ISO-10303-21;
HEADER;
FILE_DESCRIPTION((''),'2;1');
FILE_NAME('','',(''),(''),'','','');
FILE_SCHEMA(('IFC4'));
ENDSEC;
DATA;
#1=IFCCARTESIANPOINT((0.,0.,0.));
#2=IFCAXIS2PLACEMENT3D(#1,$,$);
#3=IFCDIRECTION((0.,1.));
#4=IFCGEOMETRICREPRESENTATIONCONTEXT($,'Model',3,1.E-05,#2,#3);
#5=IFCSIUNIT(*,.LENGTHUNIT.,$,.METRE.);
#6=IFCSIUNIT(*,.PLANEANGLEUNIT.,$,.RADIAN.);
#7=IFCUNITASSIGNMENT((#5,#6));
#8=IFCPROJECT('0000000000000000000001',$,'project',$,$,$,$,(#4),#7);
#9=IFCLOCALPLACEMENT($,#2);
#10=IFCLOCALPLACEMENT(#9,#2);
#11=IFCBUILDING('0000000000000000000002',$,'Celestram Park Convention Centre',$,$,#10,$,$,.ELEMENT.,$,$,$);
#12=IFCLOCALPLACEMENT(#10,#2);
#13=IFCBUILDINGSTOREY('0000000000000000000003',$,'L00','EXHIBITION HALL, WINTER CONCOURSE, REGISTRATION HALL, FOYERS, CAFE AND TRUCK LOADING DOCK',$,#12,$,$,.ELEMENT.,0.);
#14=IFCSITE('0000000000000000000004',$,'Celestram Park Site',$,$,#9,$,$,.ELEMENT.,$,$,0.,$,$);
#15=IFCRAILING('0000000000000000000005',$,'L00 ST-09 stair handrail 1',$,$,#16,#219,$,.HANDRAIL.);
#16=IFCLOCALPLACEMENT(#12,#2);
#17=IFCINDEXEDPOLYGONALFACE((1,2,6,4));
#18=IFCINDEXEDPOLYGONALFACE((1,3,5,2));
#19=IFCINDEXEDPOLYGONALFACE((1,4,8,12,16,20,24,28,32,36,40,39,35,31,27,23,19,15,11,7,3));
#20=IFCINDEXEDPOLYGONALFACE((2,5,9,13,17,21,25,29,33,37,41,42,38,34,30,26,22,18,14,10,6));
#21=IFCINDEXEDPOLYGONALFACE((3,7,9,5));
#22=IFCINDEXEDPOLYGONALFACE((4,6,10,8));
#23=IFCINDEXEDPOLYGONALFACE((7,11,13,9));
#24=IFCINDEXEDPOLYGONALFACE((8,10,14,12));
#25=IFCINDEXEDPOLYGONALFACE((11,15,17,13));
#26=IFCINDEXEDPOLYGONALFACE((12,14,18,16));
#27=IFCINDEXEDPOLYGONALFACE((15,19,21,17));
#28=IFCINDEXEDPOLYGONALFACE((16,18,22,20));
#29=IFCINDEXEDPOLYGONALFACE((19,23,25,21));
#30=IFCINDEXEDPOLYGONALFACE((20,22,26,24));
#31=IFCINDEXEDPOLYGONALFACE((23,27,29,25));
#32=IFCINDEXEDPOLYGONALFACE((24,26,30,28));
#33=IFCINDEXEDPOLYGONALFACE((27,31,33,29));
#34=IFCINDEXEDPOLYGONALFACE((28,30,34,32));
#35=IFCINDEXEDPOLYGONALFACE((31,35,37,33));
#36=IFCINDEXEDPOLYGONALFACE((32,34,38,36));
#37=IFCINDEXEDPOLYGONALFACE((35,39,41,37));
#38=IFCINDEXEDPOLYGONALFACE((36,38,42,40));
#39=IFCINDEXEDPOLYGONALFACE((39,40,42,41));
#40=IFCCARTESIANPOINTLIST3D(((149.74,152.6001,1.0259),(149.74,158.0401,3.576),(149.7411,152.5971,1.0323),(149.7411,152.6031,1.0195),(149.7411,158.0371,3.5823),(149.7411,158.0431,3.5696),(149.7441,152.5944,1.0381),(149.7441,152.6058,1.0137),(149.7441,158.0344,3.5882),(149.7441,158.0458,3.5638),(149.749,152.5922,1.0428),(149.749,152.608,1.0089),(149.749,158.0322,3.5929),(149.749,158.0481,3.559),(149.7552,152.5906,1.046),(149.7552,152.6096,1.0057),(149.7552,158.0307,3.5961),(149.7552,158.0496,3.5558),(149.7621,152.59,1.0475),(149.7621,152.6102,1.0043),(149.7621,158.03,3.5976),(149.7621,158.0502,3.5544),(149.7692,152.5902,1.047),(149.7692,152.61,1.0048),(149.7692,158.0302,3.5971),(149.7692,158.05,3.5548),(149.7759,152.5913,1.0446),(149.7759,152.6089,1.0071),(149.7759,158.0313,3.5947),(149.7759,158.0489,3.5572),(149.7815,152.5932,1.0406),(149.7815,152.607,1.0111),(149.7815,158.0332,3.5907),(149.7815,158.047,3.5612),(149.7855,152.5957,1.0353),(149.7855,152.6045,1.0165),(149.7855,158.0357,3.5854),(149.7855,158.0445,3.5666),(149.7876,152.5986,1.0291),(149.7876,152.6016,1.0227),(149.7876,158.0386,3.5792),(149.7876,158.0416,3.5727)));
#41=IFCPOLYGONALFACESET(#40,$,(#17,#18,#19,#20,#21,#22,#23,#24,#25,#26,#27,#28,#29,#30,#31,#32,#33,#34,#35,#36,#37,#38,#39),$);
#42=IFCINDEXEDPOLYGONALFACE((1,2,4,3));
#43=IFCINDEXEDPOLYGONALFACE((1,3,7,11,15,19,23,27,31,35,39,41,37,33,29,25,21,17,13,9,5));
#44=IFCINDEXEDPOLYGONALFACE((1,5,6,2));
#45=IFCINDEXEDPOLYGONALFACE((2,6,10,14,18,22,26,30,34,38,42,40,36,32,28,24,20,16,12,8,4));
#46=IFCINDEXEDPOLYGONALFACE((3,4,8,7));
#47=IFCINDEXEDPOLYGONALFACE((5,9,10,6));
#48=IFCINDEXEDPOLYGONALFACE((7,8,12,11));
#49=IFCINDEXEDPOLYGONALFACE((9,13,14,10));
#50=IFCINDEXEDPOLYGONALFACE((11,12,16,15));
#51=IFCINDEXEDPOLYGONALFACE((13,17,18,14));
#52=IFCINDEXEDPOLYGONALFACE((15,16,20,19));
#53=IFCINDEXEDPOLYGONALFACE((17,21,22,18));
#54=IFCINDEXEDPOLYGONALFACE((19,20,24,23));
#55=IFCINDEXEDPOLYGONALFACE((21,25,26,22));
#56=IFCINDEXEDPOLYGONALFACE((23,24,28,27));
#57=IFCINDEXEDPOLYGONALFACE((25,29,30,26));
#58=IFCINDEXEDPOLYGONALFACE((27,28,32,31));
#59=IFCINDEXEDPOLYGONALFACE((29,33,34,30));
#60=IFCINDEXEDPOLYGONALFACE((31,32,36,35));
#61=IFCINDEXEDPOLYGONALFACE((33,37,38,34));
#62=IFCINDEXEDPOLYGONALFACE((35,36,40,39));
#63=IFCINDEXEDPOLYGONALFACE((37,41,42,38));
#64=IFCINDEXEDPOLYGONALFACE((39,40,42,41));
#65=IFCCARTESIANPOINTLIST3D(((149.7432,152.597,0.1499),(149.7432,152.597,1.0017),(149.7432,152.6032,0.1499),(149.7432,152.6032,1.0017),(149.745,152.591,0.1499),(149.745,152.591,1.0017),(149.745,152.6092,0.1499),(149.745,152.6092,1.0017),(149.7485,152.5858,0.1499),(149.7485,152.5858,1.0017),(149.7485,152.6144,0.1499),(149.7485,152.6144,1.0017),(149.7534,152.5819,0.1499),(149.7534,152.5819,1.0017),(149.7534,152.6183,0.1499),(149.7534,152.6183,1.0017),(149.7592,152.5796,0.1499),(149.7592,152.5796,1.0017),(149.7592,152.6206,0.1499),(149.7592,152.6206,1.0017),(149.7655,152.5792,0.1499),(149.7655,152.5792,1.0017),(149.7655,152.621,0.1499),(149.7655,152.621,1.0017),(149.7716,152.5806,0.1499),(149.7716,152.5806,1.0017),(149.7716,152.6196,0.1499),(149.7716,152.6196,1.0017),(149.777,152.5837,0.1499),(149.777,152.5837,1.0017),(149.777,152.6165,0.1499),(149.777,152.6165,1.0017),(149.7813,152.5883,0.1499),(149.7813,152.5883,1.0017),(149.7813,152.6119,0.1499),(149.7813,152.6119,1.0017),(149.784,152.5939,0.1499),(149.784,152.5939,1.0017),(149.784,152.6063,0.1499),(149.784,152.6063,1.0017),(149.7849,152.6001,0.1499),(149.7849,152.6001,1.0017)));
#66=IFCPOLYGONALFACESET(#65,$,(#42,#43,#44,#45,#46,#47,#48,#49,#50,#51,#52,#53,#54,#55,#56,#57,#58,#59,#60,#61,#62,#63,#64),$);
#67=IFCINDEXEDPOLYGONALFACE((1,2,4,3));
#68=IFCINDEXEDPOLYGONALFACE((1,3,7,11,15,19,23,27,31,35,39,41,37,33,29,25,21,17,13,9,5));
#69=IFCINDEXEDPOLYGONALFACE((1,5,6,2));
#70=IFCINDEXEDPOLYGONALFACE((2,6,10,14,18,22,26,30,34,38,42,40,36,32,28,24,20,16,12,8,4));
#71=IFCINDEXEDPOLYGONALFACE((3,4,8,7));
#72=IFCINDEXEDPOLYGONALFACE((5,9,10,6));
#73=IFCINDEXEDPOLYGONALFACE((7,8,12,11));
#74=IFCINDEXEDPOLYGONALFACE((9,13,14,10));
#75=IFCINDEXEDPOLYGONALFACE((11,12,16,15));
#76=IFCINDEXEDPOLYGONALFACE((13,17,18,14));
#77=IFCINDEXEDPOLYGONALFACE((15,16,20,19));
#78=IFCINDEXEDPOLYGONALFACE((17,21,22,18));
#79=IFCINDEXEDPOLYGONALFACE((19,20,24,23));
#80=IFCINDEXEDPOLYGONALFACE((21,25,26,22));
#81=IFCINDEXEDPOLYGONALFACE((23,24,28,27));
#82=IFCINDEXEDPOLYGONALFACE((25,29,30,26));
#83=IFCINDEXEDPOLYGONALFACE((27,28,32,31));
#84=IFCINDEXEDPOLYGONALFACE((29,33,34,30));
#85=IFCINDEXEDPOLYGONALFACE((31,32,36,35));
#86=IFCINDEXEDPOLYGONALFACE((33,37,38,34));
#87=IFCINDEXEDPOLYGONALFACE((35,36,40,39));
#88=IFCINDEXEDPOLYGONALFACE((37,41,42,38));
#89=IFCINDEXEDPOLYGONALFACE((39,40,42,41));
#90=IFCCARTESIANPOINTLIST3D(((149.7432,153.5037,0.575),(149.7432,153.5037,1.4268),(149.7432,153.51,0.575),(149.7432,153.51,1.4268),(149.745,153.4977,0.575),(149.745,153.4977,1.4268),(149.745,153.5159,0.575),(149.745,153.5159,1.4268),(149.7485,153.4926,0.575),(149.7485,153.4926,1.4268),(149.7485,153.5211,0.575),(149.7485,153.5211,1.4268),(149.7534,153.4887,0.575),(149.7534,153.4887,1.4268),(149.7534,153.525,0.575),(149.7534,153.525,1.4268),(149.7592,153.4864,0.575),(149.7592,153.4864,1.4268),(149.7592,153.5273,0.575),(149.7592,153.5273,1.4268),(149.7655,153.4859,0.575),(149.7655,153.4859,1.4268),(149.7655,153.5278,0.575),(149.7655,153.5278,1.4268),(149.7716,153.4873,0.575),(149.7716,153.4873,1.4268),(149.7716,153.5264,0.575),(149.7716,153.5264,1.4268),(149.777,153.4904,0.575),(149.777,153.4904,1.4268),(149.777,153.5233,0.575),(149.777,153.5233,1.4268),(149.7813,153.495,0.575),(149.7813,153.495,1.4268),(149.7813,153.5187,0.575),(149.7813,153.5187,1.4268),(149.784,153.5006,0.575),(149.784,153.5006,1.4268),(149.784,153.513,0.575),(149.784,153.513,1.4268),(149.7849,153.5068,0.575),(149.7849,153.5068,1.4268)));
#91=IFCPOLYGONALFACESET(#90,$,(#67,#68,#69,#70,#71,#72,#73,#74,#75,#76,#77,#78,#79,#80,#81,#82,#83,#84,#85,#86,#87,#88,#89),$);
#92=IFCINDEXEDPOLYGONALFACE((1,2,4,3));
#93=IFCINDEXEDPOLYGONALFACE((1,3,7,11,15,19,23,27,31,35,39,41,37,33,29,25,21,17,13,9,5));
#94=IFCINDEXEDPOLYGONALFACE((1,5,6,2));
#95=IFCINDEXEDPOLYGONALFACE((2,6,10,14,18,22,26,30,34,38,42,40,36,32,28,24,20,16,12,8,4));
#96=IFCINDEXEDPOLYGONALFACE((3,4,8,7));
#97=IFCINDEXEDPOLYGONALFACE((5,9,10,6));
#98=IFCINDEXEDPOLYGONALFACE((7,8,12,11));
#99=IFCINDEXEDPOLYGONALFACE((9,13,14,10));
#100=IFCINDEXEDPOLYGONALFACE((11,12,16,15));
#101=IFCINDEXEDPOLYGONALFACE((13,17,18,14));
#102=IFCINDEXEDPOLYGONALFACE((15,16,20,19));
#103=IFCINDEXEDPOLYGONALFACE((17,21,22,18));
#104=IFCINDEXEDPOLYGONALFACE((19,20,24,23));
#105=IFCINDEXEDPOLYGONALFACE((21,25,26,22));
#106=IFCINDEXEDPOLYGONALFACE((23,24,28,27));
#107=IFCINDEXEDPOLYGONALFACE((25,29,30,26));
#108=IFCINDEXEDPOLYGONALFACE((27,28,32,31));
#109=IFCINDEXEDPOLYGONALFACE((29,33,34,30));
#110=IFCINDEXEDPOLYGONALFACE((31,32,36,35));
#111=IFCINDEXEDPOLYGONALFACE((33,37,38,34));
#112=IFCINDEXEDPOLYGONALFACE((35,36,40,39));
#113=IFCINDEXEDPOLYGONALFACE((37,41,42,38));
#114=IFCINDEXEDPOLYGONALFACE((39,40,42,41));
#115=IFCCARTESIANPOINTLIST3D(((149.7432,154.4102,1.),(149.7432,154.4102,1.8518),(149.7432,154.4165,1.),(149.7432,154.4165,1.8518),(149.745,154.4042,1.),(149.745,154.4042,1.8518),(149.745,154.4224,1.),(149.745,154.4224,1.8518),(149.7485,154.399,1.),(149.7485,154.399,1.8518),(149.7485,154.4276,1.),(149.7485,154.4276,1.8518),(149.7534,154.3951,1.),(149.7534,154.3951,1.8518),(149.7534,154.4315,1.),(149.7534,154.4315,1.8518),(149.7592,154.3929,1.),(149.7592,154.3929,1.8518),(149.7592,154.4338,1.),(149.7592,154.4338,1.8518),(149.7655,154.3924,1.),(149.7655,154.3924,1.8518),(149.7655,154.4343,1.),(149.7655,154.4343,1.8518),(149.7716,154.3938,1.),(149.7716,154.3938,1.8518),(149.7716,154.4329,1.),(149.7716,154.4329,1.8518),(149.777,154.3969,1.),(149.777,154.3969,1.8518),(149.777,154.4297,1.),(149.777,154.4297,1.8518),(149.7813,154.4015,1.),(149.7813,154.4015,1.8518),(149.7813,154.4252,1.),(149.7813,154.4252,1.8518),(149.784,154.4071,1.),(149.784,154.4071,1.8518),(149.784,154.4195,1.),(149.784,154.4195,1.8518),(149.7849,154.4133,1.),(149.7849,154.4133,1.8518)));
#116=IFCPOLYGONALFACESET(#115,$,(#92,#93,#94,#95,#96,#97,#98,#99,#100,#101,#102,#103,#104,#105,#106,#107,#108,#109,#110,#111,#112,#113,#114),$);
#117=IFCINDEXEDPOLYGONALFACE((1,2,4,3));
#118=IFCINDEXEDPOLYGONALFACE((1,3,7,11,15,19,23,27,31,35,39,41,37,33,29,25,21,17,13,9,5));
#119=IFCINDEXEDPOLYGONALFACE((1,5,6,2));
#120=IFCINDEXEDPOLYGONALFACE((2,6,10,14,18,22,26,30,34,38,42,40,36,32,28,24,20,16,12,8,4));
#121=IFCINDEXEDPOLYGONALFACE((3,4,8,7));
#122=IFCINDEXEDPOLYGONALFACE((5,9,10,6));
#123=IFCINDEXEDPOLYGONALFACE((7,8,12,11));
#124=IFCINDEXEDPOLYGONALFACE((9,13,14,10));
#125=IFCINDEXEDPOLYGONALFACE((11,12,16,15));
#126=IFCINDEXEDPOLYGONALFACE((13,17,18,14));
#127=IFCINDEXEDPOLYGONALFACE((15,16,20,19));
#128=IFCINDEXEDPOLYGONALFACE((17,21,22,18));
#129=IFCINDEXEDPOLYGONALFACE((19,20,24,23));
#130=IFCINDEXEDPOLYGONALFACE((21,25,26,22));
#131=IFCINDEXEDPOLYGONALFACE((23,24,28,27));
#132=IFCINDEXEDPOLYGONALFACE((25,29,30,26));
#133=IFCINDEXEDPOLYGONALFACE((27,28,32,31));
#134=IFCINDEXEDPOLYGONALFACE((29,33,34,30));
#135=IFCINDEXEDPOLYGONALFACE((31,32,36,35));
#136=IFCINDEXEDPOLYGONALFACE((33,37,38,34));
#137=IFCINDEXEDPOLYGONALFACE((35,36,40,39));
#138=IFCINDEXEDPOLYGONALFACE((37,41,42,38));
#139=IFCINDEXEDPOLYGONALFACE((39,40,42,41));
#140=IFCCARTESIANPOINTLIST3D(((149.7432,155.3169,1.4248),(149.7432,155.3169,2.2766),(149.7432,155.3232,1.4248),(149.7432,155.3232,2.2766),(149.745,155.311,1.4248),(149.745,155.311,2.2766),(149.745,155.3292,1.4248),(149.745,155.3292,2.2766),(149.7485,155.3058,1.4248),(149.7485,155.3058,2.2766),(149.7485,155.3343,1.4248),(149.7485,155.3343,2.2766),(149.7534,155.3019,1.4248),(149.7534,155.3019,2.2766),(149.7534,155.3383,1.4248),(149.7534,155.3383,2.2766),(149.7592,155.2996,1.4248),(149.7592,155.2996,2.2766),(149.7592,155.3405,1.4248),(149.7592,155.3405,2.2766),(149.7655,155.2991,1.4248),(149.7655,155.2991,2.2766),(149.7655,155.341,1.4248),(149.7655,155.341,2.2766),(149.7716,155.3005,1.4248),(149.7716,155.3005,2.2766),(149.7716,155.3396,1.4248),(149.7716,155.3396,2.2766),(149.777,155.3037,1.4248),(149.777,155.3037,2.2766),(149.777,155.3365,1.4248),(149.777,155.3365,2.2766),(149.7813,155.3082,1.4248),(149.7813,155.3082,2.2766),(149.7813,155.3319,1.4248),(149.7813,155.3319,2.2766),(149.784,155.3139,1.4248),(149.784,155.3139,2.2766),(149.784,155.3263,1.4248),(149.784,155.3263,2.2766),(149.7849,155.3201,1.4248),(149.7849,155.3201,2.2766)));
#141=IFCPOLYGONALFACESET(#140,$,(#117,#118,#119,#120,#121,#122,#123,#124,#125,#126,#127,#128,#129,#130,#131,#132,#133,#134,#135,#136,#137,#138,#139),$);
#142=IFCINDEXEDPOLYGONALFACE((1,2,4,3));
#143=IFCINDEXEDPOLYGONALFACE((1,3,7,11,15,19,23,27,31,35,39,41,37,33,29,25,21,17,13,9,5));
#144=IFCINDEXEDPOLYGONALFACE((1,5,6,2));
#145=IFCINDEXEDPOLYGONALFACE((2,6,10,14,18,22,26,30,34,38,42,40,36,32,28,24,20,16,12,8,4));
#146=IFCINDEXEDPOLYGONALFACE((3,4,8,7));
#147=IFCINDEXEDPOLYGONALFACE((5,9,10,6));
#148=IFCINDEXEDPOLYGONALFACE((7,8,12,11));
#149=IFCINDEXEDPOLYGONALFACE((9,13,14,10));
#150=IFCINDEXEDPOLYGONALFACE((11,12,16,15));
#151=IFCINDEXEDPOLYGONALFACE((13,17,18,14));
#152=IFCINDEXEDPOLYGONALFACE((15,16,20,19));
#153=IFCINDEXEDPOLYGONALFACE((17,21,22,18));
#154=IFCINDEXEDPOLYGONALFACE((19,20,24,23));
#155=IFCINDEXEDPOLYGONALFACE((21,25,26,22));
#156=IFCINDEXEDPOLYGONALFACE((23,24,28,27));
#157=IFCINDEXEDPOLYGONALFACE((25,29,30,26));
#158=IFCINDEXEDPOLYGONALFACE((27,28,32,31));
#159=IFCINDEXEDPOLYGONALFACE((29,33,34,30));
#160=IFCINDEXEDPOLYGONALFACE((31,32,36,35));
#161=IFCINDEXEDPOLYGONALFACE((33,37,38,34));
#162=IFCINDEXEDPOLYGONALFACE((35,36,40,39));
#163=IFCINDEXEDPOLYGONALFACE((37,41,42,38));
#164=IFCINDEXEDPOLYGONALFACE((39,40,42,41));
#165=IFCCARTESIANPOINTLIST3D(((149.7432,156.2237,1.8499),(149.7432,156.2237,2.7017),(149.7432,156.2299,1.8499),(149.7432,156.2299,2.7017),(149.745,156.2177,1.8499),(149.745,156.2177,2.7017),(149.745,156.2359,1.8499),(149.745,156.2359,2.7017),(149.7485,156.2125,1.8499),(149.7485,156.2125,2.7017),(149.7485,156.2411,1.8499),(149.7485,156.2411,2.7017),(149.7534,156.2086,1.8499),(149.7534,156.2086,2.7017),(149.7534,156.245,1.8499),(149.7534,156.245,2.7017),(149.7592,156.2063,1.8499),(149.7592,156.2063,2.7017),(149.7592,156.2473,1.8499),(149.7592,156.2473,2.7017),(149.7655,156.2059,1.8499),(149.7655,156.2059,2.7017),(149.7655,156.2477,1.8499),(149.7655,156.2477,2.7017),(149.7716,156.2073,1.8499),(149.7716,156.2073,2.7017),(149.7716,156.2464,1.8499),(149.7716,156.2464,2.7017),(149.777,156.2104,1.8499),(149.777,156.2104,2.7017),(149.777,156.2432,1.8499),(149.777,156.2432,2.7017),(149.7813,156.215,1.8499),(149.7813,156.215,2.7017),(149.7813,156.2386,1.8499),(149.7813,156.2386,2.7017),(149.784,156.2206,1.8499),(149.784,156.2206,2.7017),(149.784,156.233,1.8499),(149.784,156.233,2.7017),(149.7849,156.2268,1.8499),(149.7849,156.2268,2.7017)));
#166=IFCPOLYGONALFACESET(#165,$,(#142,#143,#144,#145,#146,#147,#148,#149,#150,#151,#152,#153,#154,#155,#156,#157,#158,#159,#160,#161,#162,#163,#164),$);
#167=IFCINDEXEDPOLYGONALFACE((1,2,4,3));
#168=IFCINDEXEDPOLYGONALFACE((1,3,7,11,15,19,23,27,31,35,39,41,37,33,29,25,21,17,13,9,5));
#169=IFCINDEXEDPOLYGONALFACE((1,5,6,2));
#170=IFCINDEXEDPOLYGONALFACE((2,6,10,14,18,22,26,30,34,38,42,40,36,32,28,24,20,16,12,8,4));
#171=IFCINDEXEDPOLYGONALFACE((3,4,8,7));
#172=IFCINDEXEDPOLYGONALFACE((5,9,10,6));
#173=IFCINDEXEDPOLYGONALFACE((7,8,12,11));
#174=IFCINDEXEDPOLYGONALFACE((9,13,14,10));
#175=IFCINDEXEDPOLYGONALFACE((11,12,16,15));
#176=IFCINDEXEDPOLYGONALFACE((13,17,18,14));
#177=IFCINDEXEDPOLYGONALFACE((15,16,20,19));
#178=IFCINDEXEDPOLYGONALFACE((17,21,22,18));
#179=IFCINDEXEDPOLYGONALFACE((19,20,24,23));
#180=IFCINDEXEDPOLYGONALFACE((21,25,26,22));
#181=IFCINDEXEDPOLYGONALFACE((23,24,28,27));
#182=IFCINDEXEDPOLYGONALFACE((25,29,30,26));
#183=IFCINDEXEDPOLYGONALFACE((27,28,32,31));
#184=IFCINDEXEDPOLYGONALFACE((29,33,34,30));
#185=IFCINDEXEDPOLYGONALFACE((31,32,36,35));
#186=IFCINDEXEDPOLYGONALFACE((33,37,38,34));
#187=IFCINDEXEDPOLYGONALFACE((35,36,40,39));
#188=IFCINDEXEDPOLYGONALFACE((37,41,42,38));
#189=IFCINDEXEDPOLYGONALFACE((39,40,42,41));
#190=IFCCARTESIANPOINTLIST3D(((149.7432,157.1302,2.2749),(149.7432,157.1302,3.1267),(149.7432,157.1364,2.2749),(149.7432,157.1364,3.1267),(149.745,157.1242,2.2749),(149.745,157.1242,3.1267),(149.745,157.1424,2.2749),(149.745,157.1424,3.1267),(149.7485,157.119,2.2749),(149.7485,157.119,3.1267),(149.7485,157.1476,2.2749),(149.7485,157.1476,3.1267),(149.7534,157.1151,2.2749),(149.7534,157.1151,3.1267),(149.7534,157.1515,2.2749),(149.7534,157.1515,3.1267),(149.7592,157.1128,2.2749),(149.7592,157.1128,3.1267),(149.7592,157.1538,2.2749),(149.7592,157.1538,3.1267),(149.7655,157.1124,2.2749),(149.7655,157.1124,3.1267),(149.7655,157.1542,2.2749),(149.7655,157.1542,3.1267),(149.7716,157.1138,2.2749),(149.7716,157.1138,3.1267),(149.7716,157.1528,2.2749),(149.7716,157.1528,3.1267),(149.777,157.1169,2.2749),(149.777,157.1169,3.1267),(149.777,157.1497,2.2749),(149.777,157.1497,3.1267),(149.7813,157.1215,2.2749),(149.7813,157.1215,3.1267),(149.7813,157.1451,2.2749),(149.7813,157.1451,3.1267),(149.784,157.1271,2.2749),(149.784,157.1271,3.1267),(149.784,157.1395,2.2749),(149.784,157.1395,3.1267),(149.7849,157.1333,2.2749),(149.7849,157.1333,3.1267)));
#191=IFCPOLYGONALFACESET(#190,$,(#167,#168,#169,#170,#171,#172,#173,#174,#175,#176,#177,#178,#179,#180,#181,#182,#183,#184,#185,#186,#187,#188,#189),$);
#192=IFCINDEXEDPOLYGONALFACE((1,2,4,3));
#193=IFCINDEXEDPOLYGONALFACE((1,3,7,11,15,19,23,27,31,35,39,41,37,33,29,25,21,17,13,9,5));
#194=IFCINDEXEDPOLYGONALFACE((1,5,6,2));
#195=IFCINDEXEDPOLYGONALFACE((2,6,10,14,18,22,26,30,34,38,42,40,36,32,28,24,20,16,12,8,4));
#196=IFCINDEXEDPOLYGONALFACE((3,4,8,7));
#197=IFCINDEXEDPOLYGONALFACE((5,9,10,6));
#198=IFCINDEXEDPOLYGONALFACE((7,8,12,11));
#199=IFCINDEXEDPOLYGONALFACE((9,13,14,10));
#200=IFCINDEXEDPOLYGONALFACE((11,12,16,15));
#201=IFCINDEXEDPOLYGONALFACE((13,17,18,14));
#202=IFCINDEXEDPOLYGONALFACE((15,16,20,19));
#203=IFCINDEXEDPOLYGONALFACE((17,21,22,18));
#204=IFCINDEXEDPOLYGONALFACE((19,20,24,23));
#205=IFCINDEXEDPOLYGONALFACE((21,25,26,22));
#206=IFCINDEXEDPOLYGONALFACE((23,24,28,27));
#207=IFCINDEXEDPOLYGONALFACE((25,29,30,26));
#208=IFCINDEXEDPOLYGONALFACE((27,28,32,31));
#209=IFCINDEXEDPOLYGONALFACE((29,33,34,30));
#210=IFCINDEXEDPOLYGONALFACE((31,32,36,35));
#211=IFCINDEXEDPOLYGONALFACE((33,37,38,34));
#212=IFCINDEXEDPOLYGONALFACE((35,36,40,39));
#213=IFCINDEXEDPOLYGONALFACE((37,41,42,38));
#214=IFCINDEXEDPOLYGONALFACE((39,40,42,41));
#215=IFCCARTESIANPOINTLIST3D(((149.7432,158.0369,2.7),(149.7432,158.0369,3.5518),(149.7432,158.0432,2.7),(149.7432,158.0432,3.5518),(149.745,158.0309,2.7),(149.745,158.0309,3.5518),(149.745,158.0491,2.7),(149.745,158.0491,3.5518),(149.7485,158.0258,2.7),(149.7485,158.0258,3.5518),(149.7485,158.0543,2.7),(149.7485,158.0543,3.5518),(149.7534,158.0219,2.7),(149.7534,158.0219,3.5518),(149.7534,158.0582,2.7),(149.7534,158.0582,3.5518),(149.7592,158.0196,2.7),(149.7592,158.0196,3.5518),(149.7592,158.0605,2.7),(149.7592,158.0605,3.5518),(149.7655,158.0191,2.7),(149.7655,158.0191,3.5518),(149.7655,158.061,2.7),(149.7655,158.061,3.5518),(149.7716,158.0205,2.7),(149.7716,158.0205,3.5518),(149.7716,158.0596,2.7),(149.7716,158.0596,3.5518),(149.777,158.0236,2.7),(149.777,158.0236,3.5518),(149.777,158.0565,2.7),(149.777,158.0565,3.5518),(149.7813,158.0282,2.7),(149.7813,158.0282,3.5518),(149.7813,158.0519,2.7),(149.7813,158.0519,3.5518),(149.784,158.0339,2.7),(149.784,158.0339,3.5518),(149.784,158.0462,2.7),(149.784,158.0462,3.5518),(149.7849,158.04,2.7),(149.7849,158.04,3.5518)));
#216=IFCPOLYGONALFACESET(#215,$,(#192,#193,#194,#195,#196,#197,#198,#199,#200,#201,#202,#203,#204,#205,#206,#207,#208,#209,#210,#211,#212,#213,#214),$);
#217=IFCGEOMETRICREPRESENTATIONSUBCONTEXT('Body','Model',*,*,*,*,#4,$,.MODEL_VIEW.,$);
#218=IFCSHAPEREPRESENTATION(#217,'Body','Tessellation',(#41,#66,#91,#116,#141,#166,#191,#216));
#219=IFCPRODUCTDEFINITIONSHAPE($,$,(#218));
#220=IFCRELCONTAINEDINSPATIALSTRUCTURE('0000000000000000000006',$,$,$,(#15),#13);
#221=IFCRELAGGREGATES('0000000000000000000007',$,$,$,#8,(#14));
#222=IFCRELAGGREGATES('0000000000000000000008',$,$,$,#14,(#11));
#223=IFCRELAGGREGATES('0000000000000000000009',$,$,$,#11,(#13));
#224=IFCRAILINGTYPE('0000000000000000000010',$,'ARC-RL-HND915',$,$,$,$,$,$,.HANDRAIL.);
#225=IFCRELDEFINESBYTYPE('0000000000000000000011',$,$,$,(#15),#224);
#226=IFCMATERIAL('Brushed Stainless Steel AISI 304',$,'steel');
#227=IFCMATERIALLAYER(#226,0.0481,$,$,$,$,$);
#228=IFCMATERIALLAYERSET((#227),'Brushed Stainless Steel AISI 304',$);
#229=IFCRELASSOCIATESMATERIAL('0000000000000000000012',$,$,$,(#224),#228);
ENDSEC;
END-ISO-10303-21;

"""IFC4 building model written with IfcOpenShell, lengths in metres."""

from ifc_helpers import new_model, si_unit, direction, frame, origin, origin_2d, place, context, subcontext, project, spatial, circle, extrude, material, layer, layer_set, type_object, element, save


model = new_model("IFC4")

# Units and contexts
model_context = context("Model", 3, precision=1e-05, world=origin(), true_north=direction((0.0, 1.0)))
body_context = subcontext(model_context, "Body", "Model", "MODEL_VIEW")
ifc_project = project(units=[si_unit("LENGTHUNIT", "METRE"), si_unit("PLANEANGLEUNIT", "RADIAN")], contexts=[model_context])

# Site, building, storey
site_placement = place(None, origin())
site = spatial("IfcSite", under=ifc_project, at=site_placement, Name="Celestram Park Site", CompositionType="ELEMENT", RefElevation=0.0)
building_placement = place(site_placement, origin())
building = spatial("IfcBuilding", under=site, at=building_placement, Name="Celestram Park Convention Centre", CompositionType="ELEMENT")
storey_placement = place(building_placement, origin())
storey = spatial("IfcBuildingStorey", under=building, at=storey_placement, Name="L00", Description="EXHIBITION HALL, WINTER CONCOURSE, REGISTRATION HALL, FOYERS, CAFE AND TRUCK LOADING DOCK", CompositionType="ELEMENT", Elevation=0.0)

# Railing
ifc_material_1 = material(Name="Brushed Stainless Steel AISI 304", Category="steel")
ifc_layer_1 = layer(ifc_material_1, 0.0481)
ifc_layer_set_1 = layer_set([ifc_layer_1], Name="Brushed Stainless Steel AISI 304")
railing_type_1 = type_object("IfcRailingType", Name="ARC-RL-HND915", PredefinedType="HANDRAIL", material=ifc_layer_set_1)
railing_1_placement = place(storey_placement, frame((149.7639, 152.6001, 0.1499)))
element("IfcRailing", 1, at=railing_1_placement, inside=storey, type_object=railing_type_1, Name="L00 ST-09 stair handrail 1", PredefinedType="HANDRAIL", context=body_context, shape_type="SweptSolid", body=[
    extrude(circle(Radius=0.0239, at=origin_2d()), frame((0.0, 0.0, 0.876), z_axis=(0.0, 0.905454, 0.424444), x_axis=(-1.0, 0.0, 0.0)), (0.0, 0.0, 1.0), 6.0081),
    extrude(circle(Radius=0.021, at=origin_2d()), origin(), (0.0, 0.0, 1.0), 0.8518),
    extrude(circle(Radius=0.021, at=origin_2d()), frame((0.0, 0.9067, 0.425)), (0.0, 0.0, 1.0), 0.8518),
    extrude(circle(Radius=0.021, at=origin_2d()), frame((0.0, 1.8132, 0.8501)), (0.0, 0.0, 1.0), 0.8518),
    extrude(circle(Radius=0.021, at=origin_2d()), frame((0.0, 2.72, 1.2749)), (0.0, 0.0, 1.0), 0.8518),
    extrude(circle(Radius=0.021, at=origin_2d()), frame((0.0, 3.6267, 1.7)), (0.0, 0.0, 1.0), 0.8518),
    extrude(circle(Radius=0.021, at=origin_2d()), frame((0.0, 4.5332, 2.125)), (0.0, 0.0, 1.0), 0.8518),
    extrude(circle(Radius=0.021, at=origin_2d()), frame((0.0, 5.4399, 2.55)), (0.0, 0.0, 1.0), 0.8518),
])

save(model, "model.ifc")
